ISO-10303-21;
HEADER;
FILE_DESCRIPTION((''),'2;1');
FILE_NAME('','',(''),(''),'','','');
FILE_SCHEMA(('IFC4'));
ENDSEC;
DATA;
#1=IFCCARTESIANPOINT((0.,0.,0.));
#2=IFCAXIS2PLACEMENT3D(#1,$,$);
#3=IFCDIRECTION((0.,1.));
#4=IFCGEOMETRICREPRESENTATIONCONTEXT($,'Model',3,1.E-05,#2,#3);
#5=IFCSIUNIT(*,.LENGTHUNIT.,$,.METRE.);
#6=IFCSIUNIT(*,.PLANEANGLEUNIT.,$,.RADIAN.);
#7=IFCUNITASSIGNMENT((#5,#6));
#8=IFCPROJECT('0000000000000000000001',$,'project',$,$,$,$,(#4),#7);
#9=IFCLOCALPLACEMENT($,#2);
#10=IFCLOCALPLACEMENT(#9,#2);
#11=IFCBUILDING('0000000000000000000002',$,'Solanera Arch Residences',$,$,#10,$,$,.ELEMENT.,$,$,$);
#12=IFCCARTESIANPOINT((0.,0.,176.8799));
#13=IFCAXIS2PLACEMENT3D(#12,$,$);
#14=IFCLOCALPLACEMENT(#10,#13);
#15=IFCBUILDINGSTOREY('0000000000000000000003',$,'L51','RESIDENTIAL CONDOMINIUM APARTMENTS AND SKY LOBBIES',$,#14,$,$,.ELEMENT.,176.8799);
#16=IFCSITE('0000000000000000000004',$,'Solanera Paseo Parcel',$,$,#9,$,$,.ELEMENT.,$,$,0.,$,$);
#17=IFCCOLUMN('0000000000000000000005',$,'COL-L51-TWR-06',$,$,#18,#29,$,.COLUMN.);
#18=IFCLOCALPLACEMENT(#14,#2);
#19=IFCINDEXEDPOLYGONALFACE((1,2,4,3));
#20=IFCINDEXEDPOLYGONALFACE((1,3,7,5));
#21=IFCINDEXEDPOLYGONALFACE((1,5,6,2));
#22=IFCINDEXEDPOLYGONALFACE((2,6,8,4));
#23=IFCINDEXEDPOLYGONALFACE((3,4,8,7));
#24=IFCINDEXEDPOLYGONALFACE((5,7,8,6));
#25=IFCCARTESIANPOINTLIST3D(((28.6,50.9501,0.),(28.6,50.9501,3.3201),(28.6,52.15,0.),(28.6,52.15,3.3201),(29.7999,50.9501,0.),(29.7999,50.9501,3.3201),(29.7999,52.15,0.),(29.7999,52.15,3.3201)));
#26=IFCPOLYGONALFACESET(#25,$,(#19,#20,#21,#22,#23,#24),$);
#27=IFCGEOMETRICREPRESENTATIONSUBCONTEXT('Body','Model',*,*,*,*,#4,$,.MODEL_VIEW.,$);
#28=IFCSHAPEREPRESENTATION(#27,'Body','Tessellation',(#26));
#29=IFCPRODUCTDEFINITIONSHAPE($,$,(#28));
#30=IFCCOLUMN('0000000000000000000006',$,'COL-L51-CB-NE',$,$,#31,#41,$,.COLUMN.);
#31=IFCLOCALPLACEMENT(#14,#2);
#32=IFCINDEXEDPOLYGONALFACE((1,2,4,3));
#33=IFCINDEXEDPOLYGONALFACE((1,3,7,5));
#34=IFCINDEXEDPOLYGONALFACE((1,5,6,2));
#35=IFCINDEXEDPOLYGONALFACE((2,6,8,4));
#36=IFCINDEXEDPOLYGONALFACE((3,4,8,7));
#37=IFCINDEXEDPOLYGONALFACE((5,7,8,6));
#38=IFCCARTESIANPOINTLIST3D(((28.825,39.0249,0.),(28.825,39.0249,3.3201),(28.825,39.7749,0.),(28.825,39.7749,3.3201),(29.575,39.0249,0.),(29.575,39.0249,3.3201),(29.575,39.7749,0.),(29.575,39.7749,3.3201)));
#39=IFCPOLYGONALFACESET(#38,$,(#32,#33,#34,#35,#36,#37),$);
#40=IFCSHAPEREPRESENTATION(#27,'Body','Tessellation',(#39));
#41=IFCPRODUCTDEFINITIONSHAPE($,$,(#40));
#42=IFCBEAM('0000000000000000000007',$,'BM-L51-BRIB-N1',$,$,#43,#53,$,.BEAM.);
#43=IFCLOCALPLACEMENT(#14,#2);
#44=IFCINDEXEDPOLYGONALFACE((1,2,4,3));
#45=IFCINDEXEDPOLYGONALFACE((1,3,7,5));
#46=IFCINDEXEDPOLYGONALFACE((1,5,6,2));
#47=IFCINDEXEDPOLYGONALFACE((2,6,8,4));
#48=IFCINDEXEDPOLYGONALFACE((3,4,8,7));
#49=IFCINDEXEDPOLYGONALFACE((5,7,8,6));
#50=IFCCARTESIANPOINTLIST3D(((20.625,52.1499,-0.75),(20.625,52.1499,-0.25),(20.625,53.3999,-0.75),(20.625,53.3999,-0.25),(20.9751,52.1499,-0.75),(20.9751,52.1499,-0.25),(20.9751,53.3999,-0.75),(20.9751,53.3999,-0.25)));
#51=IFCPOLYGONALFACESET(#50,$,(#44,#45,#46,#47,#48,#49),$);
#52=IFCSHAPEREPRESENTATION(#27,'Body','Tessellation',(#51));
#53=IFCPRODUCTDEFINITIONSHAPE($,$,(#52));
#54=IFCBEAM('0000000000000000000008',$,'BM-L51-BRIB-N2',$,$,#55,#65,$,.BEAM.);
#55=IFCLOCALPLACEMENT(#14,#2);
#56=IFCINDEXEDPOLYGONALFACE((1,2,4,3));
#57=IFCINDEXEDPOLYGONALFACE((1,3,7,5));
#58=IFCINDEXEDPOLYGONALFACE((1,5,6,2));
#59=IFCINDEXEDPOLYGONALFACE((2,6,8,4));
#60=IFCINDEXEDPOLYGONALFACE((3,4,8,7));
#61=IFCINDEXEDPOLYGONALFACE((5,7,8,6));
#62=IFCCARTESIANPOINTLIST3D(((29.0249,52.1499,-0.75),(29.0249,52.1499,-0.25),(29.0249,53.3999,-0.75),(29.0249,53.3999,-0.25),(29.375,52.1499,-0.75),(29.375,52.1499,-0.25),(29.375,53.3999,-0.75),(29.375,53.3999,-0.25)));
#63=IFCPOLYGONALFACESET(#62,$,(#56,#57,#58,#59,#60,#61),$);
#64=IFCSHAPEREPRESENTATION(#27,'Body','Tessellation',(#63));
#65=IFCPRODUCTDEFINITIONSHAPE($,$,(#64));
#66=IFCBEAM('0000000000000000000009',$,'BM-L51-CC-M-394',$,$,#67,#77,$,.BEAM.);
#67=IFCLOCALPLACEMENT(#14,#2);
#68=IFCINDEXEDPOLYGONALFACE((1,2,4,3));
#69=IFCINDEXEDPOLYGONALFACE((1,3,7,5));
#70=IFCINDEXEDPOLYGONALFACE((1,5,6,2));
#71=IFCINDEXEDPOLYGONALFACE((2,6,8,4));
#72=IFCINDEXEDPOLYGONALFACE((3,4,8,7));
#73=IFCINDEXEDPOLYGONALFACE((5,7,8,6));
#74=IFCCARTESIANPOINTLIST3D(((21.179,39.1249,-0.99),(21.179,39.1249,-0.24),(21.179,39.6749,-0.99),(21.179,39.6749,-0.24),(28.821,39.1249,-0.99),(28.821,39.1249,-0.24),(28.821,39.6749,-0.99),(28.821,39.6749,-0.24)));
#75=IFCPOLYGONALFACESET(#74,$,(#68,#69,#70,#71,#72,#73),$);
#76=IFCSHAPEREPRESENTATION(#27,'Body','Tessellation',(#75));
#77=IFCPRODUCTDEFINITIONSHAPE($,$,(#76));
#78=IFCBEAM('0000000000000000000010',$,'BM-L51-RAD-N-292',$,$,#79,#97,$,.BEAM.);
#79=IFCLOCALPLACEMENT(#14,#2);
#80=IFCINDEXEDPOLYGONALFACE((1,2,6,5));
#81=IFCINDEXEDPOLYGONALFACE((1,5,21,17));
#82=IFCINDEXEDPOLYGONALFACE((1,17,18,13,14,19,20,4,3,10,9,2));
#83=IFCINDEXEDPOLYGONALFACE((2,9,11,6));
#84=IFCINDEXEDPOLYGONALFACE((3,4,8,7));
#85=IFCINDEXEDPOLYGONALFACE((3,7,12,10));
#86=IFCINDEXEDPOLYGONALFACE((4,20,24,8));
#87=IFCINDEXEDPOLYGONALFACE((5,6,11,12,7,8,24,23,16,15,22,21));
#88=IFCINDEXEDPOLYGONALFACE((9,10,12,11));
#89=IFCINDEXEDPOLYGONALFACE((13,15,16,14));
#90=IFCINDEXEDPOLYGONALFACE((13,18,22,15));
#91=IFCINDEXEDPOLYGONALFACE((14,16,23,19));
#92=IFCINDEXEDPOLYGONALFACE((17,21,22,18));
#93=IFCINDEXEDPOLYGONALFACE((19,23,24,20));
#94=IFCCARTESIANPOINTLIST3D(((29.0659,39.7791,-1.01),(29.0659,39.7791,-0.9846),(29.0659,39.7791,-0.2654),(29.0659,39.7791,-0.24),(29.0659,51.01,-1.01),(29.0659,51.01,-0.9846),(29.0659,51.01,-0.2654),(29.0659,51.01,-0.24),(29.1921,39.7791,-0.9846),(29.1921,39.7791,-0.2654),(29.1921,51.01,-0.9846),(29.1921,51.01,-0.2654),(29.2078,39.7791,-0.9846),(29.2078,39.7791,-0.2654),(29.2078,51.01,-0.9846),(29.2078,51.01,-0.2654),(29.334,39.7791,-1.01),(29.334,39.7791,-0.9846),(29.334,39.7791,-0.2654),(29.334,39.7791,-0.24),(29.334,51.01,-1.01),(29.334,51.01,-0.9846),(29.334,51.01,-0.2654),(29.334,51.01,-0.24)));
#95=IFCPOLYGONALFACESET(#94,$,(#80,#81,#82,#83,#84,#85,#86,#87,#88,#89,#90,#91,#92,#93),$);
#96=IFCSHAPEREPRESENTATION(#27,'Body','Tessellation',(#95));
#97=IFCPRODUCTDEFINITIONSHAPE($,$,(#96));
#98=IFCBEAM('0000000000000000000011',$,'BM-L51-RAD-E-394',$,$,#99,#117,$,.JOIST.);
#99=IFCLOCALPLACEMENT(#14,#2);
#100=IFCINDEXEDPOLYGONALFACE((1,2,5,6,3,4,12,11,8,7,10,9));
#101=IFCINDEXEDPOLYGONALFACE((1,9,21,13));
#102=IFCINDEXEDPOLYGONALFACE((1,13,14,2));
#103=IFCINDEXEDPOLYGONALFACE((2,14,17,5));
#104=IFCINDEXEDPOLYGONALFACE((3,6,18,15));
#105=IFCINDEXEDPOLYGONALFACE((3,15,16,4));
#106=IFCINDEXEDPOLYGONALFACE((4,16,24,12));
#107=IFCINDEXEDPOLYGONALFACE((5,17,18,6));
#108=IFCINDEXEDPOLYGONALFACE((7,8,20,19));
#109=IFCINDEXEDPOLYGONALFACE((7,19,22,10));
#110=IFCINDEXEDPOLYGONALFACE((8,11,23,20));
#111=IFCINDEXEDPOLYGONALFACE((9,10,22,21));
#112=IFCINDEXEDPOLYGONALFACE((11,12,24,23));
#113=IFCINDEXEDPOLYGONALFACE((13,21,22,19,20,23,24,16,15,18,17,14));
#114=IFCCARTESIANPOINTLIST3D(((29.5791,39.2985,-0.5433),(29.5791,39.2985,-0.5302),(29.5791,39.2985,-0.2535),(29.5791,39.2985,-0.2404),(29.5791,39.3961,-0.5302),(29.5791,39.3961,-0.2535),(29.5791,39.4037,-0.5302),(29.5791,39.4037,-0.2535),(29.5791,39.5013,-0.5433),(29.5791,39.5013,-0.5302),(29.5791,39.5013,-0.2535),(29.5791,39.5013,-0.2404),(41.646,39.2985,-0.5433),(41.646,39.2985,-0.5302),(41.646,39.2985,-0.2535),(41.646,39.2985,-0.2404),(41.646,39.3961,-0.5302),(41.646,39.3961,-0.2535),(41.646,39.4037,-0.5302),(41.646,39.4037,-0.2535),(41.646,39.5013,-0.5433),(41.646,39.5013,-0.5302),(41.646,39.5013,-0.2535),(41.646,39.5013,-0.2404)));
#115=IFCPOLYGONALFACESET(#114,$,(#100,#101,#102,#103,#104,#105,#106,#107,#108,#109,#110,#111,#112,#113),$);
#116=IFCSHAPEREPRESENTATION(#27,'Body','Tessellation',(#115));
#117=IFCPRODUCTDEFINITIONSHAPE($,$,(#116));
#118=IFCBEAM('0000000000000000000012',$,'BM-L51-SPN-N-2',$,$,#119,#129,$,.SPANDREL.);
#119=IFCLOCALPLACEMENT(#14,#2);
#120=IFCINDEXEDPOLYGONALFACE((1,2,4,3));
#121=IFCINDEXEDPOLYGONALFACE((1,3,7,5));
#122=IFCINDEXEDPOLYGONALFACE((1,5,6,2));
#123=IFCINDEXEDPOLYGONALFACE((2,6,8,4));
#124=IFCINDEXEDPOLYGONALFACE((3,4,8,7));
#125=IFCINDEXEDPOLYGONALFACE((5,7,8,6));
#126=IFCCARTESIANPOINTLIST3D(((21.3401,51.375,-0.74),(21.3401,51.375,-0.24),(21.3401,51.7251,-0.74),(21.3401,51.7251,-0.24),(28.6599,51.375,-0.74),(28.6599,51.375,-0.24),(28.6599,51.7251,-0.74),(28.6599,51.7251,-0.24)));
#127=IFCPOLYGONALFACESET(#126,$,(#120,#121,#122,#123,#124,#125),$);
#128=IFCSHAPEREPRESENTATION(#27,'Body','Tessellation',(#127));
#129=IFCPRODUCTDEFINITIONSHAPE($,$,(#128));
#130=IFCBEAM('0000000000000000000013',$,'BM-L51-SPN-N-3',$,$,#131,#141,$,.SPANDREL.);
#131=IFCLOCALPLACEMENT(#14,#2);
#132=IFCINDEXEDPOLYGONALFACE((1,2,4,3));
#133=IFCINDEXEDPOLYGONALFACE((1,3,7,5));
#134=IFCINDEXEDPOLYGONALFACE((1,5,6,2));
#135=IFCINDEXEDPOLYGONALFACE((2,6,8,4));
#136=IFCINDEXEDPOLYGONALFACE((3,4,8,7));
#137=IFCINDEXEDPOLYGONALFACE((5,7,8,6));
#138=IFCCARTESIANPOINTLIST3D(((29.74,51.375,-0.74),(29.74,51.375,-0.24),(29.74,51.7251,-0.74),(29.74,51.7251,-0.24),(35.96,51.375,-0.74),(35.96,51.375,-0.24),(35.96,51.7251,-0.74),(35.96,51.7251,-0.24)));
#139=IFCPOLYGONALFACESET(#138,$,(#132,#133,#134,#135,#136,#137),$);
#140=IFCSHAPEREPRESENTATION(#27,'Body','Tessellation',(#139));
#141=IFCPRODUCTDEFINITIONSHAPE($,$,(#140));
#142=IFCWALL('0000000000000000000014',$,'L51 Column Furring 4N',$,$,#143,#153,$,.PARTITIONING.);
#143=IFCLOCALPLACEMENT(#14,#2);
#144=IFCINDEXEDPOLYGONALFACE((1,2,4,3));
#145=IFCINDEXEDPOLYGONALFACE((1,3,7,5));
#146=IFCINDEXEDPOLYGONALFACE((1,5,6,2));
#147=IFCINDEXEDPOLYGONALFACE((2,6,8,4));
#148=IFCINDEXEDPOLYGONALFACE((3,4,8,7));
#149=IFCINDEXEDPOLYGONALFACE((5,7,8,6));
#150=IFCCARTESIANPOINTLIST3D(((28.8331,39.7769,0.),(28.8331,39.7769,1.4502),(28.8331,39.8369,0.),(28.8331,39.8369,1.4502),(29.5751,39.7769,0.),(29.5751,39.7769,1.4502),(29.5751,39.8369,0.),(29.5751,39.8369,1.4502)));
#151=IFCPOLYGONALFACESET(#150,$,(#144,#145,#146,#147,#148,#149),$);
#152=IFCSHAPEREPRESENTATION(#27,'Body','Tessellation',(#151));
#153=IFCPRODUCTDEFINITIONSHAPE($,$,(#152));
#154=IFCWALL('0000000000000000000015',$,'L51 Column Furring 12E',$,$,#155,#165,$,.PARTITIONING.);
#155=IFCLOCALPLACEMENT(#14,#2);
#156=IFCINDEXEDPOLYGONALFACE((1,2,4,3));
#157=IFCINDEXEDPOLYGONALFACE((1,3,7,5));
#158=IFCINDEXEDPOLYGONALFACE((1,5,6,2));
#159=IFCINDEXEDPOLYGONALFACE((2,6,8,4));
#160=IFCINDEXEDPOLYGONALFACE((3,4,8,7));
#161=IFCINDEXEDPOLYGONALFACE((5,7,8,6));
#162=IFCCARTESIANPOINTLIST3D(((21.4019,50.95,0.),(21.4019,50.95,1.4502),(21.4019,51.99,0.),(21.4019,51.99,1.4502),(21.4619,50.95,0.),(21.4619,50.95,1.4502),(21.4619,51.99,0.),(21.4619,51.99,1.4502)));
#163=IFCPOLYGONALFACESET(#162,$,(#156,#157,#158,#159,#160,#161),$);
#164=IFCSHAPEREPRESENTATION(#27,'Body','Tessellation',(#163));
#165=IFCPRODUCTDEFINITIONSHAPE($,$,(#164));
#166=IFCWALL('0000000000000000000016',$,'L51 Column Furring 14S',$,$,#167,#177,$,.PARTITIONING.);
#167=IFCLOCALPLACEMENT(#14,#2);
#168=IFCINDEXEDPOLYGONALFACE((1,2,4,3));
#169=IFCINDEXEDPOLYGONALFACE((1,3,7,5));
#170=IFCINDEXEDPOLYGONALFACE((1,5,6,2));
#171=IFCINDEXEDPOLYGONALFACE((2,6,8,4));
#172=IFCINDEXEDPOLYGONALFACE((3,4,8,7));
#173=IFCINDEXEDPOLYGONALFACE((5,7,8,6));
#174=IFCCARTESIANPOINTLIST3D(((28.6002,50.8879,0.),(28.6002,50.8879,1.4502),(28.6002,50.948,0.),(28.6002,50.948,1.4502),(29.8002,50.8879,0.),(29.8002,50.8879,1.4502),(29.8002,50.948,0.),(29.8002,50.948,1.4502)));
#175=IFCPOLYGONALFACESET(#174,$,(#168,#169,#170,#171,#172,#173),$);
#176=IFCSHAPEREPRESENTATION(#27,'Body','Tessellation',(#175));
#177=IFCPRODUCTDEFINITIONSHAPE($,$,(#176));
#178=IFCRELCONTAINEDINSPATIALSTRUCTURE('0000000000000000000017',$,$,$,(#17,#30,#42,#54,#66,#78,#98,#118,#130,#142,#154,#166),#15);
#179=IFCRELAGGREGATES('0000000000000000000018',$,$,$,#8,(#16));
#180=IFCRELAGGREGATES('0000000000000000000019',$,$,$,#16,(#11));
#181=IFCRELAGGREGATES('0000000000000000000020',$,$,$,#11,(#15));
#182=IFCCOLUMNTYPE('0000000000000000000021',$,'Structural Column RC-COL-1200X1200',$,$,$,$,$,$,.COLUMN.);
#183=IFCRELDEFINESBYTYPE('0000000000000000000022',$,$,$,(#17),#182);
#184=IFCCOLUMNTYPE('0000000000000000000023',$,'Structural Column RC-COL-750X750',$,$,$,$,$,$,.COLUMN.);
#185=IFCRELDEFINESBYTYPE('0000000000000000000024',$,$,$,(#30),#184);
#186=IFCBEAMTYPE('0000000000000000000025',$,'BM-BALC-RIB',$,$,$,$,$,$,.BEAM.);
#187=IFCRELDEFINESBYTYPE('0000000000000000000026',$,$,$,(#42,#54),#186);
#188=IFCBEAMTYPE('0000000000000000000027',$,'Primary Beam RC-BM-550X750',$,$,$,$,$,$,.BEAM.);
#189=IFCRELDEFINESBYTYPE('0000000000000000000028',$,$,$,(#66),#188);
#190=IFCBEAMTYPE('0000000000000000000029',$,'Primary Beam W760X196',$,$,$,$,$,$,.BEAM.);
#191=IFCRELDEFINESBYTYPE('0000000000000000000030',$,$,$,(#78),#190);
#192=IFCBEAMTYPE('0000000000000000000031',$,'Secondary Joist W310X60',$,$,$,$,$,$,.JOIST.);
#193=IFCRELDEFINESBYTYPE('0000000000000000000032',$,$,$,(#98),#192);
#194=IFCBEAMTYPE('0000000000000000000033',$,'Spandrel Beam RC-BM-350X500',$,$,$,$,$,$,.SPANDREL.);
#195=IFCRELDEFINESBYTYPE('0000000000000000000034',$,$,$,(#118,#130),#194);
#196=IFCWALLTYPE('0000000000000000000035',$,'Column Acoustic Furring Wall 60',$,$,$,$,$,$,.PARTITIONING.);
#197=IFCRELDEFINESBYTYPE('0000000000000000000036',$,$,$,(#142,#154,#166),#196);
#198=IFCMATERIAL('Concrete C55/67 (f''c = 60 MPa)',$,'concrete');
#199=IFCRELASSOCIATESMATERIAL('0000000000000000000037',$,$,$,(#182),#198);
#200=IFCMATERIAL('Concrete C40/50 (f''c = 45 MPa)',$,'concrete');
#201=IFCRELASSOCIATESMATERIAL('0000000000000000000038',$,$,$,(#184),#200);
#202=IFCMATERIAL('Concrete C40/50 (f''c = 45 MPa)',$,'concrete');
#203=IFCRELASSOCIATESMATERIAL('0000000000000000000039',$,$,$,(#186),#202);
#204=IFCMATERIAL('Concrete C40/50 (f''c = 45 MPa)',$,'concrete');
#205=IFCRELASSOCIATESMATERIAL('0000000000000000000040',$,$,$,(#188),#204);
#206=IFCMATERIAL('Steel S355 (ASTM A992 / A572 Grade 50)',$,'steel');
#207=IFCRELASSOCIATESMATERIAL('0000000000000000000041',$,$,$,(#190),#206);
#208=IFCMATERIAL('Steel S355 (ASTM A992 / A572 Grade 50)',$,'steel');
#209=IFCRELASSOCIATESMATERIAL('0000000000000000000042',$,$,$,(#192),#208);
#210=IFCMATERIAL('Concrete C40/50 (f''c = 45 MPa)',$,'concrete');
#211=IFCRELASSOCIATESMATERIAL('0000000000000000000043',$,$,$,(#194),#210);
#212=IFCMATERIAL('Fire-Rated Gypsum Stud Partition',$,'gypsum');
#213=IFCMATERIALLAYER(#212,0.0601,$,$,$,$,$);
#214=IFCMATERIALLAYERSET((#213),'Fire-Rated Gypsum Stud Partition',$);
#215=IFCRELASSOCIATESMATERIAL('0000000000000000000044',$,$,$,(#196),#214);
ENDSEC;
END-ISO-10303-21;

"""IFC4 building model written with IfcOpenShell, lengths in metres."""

from ifc_helpers import new_model, si_unit, direction, frame, frame_2d, origin, origin_2d, place, context, subcontext, project, spatial, rectangle, i_section, extrude, material, layer, layer_set, material_profile, profile_set, type_object, element, save


model = new_model("IFC4")

# Units and contexts
model_context = context("Model", 3, precision=1e-05, world=origin(), true_north=direction((0.0, 1.0)))
body_context = subcontext(model_context, "Body", "Model", "MODEL_VIEW")
ifc_project = project(units=[si_unit("LENGTHUNIT", "METRE"), si_unit("PLANEANGLEUNIT", "RADIAN")], contexts=[model_context])

# Site, building, storey
site_placement = place(None, origin())
site = spatial("IfcSite", under=ifc_project, at=site_placement, Name="Solanera Paseo Parcel", CompositionType="ELEMENT", RefElevation=0.0)
building_placement = place(site_placement, origin())
building = spatial("IfcBuilding", under=site, at=building_placement, Name="Solanera Arch Residences", CompositionType="ELEMENT")
storey_placement = place(building_placement, frame((0.0, 0.0, 176.8799)))
storey = spatial("IfcBuildingStorey", under=building, at=storey_placement, Name="L51", Description="RESIDENTIAL CONDOMINIUM APARTMENTS AND SKY LOBBIES", CompositionType="ELEMENT", Elevation=176.8799)

# Columns
ifc_material_1 = material(Name="Concrete C55/67 (f'c = 60 MPa)", Category="concrete")
ifc_material_profile_1 = material_profile(ifc_material_1, rectangle(XDim=1.2, YDim=1.2, at=origin_2d()))
ifc_profile_set_1 = profile_set([ifc_material_profile_1], Name="Concrete C55/67 (f'c = 60 MPa)")
column_type_1 = type_object("IfcColumnType", Name="Structural Column RC-COL-1200X1200", PredefinedType="COLUMN", material=ifc_profile_set_1)
column_1_placement = place(storey_placement, frame((29.2, 51.55, 0.0), z_axis=(0.0, 0.0, 1.0), x_axis=(1.0, 0.0, 0.0)))
element("IfcColumn", 1, at=column_1_placement, inside=storey, type_object=column_type_1, Name="COL-L51-TWR-06", PredefinedType="COLUMN", context=body_context, shape_type="SweptSolid", body=[
    extrude(rectangle(XDim=1.2, YDim=1.2, at=origin_2d()), origin(), (0.0, 0.0, 1.0), 3.3201),
])
ifc_material_2 = material(Name="Concrete C40/50 (f'c = 45 MPa)", Category="concrete")
ifc_material_profile_2 = material_profile(ifc_material_2, rectangle(XDim=0.75, YDim=0.75, at=origin_2d()))
ifc_profile_set_2 = profile_set([ifc_material_profile_2], Name="Concrete C40/50 (f'c = 45 MPa)")
column_type_2 = type_object("IfcColumnType", Name="Structural Column RC-COL-750X750", PredefinedType="COLUMN", material=ifc_profile_set_2)
column_2_placement = place(storey_placement, frame((29.2, 39.3999, 0.0), z_axis=(0.0, 0.0, 1.0), x_axis=(1.0, 0.0, 0.0)))
element("IfcColumn", 2, at=column_2_placement, inside=storey, type_object=column_type_2, Name="COL-L51-CB-NE", PredefinedType="COLUMN", context=body_context, shape_type="SweptSolid", body=[
    extrude(rectangle(XDim=0.75, YDim=0.75, at=origin_2d()), origin(), (0.0, 0.0, 1.0), 3.3201),
])

# Beams
ifc_material_3 = material(Name="Concrete C40/50 (f'c = 45 MPa)", Category="concrete")
ifc_material_profile_3 = material_profile(ifc_material_3, rectangle(XDim=0.3501, YDim=0.5, at=origin_2d()))
ifc_profile_set_3 = profile_set([ifc_material_profile_3], Name="Concrete C40/50 (f'c = 45 MPa)")
beam_type_1 = type_object("IfcBeamType", Name="BM-BALC-RIB", PredefinedType="BEAM", material=ifc_profile_set_3)
for number, where, z_axis, x_axis, name in (
    (3, (20.8, 52.1499, -0.5), (0.0, 1.0, 0.0), (-1.0, 0.0, 0.0), "BM-L51-BRIB-N1"),
    (4, (29.2, 52.1499, -0.5), (0.0, 1.0, 0.0), (-1.0, 0.0, 0.0), "BM-L51-BRIB-N2"),
):
    element("IfcBeam", number, at=place(storey_placement, frame(where, z_axis=z_axis, x_axis=x_axis)), inside=storey, type_object=beam_type_1, Name=name, PredefinedType="BEAM", context=body_context, shape_type="SweptSolid", body=[
        extrude(rectangle(XDim=0.3501, YDim=0.5, at=origin_2d()), origin(), (0.0, 0.0, 1.0), 1.25),
    ])
ifc_material_4 = material(Name="Concrete C40/50 (f'c = 45 MPa)", Category="concrete")
ifc_material_profile_4 = material_profile(ifc_material_4, rectangle(XDim=0.55, YDim=0.75, at=origin_2d()))
ifc_profile_set_4 = profile_set([ifc_material_profile_4], Name="Concrete C40/50 (f'c = 45 MPa)")
beam_type_2 = type_object("IfcBeamType", Name="Primary Beam RC-BM-550X750", PredefinedType="BEAM", material=ifc_profile_set_4)
beam_1_placement = place(storey_placement, frame((21.179, 39.3999, -0.615), z_axis=(1.0, 0.0, 0.0), x_axis=(0.0, 1.0, 0.0)))
element("IfcBeam", 5, at=beam_1_placement, inside=storey, type_object=beam_type_2, Name="BM-L51-CC-M-394", PredefinedType="BEAM", context=body_context, shape_type="SweptSolid", body=[
    extrude(rectangle(XDim=0.55, YDim=0.75, at=origin_2d()), origin(), (0.0, 0.0, 1.0), 7.6421),
])
ifc_material_5 = material(Name="Steel S355 (ASTM A992 / A572 Grade 50)", Category="steel")
ifc_material_profile_5 = material_profile(ifc_material_5, i_section(OverallWidth=0.2681, OverallDepth=0.77, WebThickness=0.0156, FlangeThickness=0.0254, at=origin_2d()))
ifc_profile_set_5 = profile_set([ifc_material_profile_5], Name="Steel S355 (ASTM A992 / A572 Grade 50)")
beam_type_3 = type_object("IfcBeamType", Name="Primary Beam W760X196", PredefinedType="BEAM", material=ifc_profile_set_5)
beam_2_placement = place(storey_placement, frame((29.2, 39.7791, -0.625), z_axis=(0.0, 1.0, 0.0), x_axis=(-1.0, 0.0, 0.0)))
element("IfcBeam", 6, at=beam_2_placement, inside=storey, type_object=beam_type_3, Name="BM-L51-RAD-N-292", PredefinedType="BEAM", context=body_context, shape_type="SweptSolid", body=[
    extrude(i_section(OverallWidth=0.2681, OverallDepth=0.77, WebThickness=0.0156, FlangeThickness=0.0254, at=origin_2d()), origin(), (0.0, 0.0, 1.0), 11.231),
])
ifc_material_6 = material(Name="Steel S355 (ASTM A992 / A572 Grade 50)", Category="steel")
ifc_material_profile_6 = material_profile(ifc_material_6, i_section(OverallWidth=0.2029, OverallDepth=0.303, WebThickness=0.0076, FlangeThickness=0.0132, at=origin_2d()))
ifc_profile_set_6 = profile_set([ifc_material_profile_6], Name="Steel S355 (ASTM A992 / A572 Grade 50)")
beam_type_4 = type_object("IfcBeamType", Name="Secondary Joist W310X60", PredefinedType="JOIST", material=ifc_profile_set_6)
beam_3_placement = place(storey_placement, frame((29.5791, 39.3999, -0.3918), z_axis=(1.0, 0.0, 0.0), x_axis=(0.0, 1.0, 0.0)))
element("IfcBeam", 7, at=beam_3_placement, inside=storey, type_object=beam_type_4, Name="BM-L51-RAD-E-394", PredefinedType="JOIST", context=body_context, shape_type="SweptSolid", body=[
    extrude(i_section(OverallWidth=0.2029, OverallDepth=0.303, WebThickness=0.0076, FlangeThickness=0.0132, at=origin_2d()), origin(), (0.0, 0.0, 1.0), 12.0669),
])
ifc_material_7 = material(Name="Concrete C40/50 (f'c = 45 MPa)", Category="concrete")
ifc_material_profile_7 = material_profile(ifc_material_7, rectangle(XDim=0.3501, YDim=0.5, at=origin_2d()))
ifc_profile_set_7 = profile_set([ifc_material_profile_7], Name="Concrete C40/50 (f'c = 45 MPa)")
beam_type_5 = type_object("IfcBeamType", Name="Spandrel Beam RC-BM-350X500", PredefinedType="SPANDREL", material=ifc_profile_set_7)
beam_4_placement = place(storey_placement, frame((21.3401, 51.55, -0.49), z_axis=(1.0, 0.0, 0.0), x_axis=(0.0, 1.0, 0.0)))
element("IfcBeam", 8, at=beam_4_placement, inside=storey, type_object=beam_type_5, Name="BM-L51-SPN-N-2", PredefinedType="SPANDREL", context=body_context, shape_type="SweptSolid", body=[
    extrude(rectangle(XDim=0.3501, YDim=0.5, at=origin_2d()), origin(), (0.0, 0.0, 1.0), 7.3198),
])
beam_5_placement = place(storey_placement, frame((29.74, 51.55, -0.49), z_axis=(1.0, 0.0, 0.0), x_axis=(0.0, 1.0, 0.0)))
element("IfcBeam", 9, at=beam_5_placement, inside=storey, type_object=beam_type_5, Name="BM-L51-SPN-N-3", PredefinedType="SPANDREL", context=body_context, shape_type="SweptSolid", body=[
    extrude(rectangle(XDim=0.3501, YDim=0.5, at=origin_2d()), origin(), (0.0, 0.0, 1.0), 6.22),
])

# Walls
ifc_material_8 = material(Name="Fire-Rated Gypsum Stud Partition", Category="gypsum")
ifc_layer_1 = layer(ifc_material_8, 0.0601)
ifc_layer_set_1 = layer_set([ifc_layer_1], Name="Fire-Rated Gypsum Stud Partition")
wall_type_1 = type_object("IfcWallType", Name="Column Acoustic Furring Wall 60", PredefinedType="PARTITIONING", material=ifc_layer_set_1)
wall_1_placement = place(storey_placement, frame((28.833, 39.8069, 0.0), z_axis=(0.0, 0.0, 1.0), x_axis=(1.0, 0.0, 0.0)))
element("IfcWall", 10, at=wall_1_placement, inside=storey, type_object=wall_type_1, Name="L51 Column Furring 4N", PredefinedType="PARTITIONING", context=body_context, shape_type="SweptSolid", body=[
    extrude(rectangle(XDim=0.7419, YDim=0.0601, at=frame_2d((0.3711, 0.0))), origin(), (0.0, 0.0, 1.0), 1.4502),
])
wall_2_placement = place(storey_placement, frame((21.4319, 50.95, 0.0), z_axis=(0.0, 0.0, 1.0), x_axis=(0.0, 1.0, 0.0)))
element("IfcWall", 11, at=wall_2_placement, inside=storey, type_object=wall_type_1, Name="L51 Column Furring 12E", PredefinedType="PARTITIONING", context=body_context, shape_type="SweptSolid", body=[
    extrude(rectangle(XDim=1.04, YDim=0.0601, at=frame_2d((0.52, 0.0))), origin(), (0.0, 0.0, 1.0), 1.4502),
])
wall_3_placement = place(storey_placement, frame((28.6001, 50.918, 0.0), z_axis=(0.0, 0.0, 1.0), x_axis=(1.0, 0.0, 0.0)))
element("IfcWall", 12, at=wall_3_placement, inside=storey, type_object=wall_type_1, Name="L51 Column Furring 14S", PredefinedType="PARTITIONING", context=body_context, shape_type="SweptSolid", body=[
    extrude(rectangle(XDim=1.2, YDim=0.0601, at=frame_2d((0.6001, 0.0))), origin(), (0.0, 0.0, 1.0), 1.4502),
])

save(model, "model.ifc")
